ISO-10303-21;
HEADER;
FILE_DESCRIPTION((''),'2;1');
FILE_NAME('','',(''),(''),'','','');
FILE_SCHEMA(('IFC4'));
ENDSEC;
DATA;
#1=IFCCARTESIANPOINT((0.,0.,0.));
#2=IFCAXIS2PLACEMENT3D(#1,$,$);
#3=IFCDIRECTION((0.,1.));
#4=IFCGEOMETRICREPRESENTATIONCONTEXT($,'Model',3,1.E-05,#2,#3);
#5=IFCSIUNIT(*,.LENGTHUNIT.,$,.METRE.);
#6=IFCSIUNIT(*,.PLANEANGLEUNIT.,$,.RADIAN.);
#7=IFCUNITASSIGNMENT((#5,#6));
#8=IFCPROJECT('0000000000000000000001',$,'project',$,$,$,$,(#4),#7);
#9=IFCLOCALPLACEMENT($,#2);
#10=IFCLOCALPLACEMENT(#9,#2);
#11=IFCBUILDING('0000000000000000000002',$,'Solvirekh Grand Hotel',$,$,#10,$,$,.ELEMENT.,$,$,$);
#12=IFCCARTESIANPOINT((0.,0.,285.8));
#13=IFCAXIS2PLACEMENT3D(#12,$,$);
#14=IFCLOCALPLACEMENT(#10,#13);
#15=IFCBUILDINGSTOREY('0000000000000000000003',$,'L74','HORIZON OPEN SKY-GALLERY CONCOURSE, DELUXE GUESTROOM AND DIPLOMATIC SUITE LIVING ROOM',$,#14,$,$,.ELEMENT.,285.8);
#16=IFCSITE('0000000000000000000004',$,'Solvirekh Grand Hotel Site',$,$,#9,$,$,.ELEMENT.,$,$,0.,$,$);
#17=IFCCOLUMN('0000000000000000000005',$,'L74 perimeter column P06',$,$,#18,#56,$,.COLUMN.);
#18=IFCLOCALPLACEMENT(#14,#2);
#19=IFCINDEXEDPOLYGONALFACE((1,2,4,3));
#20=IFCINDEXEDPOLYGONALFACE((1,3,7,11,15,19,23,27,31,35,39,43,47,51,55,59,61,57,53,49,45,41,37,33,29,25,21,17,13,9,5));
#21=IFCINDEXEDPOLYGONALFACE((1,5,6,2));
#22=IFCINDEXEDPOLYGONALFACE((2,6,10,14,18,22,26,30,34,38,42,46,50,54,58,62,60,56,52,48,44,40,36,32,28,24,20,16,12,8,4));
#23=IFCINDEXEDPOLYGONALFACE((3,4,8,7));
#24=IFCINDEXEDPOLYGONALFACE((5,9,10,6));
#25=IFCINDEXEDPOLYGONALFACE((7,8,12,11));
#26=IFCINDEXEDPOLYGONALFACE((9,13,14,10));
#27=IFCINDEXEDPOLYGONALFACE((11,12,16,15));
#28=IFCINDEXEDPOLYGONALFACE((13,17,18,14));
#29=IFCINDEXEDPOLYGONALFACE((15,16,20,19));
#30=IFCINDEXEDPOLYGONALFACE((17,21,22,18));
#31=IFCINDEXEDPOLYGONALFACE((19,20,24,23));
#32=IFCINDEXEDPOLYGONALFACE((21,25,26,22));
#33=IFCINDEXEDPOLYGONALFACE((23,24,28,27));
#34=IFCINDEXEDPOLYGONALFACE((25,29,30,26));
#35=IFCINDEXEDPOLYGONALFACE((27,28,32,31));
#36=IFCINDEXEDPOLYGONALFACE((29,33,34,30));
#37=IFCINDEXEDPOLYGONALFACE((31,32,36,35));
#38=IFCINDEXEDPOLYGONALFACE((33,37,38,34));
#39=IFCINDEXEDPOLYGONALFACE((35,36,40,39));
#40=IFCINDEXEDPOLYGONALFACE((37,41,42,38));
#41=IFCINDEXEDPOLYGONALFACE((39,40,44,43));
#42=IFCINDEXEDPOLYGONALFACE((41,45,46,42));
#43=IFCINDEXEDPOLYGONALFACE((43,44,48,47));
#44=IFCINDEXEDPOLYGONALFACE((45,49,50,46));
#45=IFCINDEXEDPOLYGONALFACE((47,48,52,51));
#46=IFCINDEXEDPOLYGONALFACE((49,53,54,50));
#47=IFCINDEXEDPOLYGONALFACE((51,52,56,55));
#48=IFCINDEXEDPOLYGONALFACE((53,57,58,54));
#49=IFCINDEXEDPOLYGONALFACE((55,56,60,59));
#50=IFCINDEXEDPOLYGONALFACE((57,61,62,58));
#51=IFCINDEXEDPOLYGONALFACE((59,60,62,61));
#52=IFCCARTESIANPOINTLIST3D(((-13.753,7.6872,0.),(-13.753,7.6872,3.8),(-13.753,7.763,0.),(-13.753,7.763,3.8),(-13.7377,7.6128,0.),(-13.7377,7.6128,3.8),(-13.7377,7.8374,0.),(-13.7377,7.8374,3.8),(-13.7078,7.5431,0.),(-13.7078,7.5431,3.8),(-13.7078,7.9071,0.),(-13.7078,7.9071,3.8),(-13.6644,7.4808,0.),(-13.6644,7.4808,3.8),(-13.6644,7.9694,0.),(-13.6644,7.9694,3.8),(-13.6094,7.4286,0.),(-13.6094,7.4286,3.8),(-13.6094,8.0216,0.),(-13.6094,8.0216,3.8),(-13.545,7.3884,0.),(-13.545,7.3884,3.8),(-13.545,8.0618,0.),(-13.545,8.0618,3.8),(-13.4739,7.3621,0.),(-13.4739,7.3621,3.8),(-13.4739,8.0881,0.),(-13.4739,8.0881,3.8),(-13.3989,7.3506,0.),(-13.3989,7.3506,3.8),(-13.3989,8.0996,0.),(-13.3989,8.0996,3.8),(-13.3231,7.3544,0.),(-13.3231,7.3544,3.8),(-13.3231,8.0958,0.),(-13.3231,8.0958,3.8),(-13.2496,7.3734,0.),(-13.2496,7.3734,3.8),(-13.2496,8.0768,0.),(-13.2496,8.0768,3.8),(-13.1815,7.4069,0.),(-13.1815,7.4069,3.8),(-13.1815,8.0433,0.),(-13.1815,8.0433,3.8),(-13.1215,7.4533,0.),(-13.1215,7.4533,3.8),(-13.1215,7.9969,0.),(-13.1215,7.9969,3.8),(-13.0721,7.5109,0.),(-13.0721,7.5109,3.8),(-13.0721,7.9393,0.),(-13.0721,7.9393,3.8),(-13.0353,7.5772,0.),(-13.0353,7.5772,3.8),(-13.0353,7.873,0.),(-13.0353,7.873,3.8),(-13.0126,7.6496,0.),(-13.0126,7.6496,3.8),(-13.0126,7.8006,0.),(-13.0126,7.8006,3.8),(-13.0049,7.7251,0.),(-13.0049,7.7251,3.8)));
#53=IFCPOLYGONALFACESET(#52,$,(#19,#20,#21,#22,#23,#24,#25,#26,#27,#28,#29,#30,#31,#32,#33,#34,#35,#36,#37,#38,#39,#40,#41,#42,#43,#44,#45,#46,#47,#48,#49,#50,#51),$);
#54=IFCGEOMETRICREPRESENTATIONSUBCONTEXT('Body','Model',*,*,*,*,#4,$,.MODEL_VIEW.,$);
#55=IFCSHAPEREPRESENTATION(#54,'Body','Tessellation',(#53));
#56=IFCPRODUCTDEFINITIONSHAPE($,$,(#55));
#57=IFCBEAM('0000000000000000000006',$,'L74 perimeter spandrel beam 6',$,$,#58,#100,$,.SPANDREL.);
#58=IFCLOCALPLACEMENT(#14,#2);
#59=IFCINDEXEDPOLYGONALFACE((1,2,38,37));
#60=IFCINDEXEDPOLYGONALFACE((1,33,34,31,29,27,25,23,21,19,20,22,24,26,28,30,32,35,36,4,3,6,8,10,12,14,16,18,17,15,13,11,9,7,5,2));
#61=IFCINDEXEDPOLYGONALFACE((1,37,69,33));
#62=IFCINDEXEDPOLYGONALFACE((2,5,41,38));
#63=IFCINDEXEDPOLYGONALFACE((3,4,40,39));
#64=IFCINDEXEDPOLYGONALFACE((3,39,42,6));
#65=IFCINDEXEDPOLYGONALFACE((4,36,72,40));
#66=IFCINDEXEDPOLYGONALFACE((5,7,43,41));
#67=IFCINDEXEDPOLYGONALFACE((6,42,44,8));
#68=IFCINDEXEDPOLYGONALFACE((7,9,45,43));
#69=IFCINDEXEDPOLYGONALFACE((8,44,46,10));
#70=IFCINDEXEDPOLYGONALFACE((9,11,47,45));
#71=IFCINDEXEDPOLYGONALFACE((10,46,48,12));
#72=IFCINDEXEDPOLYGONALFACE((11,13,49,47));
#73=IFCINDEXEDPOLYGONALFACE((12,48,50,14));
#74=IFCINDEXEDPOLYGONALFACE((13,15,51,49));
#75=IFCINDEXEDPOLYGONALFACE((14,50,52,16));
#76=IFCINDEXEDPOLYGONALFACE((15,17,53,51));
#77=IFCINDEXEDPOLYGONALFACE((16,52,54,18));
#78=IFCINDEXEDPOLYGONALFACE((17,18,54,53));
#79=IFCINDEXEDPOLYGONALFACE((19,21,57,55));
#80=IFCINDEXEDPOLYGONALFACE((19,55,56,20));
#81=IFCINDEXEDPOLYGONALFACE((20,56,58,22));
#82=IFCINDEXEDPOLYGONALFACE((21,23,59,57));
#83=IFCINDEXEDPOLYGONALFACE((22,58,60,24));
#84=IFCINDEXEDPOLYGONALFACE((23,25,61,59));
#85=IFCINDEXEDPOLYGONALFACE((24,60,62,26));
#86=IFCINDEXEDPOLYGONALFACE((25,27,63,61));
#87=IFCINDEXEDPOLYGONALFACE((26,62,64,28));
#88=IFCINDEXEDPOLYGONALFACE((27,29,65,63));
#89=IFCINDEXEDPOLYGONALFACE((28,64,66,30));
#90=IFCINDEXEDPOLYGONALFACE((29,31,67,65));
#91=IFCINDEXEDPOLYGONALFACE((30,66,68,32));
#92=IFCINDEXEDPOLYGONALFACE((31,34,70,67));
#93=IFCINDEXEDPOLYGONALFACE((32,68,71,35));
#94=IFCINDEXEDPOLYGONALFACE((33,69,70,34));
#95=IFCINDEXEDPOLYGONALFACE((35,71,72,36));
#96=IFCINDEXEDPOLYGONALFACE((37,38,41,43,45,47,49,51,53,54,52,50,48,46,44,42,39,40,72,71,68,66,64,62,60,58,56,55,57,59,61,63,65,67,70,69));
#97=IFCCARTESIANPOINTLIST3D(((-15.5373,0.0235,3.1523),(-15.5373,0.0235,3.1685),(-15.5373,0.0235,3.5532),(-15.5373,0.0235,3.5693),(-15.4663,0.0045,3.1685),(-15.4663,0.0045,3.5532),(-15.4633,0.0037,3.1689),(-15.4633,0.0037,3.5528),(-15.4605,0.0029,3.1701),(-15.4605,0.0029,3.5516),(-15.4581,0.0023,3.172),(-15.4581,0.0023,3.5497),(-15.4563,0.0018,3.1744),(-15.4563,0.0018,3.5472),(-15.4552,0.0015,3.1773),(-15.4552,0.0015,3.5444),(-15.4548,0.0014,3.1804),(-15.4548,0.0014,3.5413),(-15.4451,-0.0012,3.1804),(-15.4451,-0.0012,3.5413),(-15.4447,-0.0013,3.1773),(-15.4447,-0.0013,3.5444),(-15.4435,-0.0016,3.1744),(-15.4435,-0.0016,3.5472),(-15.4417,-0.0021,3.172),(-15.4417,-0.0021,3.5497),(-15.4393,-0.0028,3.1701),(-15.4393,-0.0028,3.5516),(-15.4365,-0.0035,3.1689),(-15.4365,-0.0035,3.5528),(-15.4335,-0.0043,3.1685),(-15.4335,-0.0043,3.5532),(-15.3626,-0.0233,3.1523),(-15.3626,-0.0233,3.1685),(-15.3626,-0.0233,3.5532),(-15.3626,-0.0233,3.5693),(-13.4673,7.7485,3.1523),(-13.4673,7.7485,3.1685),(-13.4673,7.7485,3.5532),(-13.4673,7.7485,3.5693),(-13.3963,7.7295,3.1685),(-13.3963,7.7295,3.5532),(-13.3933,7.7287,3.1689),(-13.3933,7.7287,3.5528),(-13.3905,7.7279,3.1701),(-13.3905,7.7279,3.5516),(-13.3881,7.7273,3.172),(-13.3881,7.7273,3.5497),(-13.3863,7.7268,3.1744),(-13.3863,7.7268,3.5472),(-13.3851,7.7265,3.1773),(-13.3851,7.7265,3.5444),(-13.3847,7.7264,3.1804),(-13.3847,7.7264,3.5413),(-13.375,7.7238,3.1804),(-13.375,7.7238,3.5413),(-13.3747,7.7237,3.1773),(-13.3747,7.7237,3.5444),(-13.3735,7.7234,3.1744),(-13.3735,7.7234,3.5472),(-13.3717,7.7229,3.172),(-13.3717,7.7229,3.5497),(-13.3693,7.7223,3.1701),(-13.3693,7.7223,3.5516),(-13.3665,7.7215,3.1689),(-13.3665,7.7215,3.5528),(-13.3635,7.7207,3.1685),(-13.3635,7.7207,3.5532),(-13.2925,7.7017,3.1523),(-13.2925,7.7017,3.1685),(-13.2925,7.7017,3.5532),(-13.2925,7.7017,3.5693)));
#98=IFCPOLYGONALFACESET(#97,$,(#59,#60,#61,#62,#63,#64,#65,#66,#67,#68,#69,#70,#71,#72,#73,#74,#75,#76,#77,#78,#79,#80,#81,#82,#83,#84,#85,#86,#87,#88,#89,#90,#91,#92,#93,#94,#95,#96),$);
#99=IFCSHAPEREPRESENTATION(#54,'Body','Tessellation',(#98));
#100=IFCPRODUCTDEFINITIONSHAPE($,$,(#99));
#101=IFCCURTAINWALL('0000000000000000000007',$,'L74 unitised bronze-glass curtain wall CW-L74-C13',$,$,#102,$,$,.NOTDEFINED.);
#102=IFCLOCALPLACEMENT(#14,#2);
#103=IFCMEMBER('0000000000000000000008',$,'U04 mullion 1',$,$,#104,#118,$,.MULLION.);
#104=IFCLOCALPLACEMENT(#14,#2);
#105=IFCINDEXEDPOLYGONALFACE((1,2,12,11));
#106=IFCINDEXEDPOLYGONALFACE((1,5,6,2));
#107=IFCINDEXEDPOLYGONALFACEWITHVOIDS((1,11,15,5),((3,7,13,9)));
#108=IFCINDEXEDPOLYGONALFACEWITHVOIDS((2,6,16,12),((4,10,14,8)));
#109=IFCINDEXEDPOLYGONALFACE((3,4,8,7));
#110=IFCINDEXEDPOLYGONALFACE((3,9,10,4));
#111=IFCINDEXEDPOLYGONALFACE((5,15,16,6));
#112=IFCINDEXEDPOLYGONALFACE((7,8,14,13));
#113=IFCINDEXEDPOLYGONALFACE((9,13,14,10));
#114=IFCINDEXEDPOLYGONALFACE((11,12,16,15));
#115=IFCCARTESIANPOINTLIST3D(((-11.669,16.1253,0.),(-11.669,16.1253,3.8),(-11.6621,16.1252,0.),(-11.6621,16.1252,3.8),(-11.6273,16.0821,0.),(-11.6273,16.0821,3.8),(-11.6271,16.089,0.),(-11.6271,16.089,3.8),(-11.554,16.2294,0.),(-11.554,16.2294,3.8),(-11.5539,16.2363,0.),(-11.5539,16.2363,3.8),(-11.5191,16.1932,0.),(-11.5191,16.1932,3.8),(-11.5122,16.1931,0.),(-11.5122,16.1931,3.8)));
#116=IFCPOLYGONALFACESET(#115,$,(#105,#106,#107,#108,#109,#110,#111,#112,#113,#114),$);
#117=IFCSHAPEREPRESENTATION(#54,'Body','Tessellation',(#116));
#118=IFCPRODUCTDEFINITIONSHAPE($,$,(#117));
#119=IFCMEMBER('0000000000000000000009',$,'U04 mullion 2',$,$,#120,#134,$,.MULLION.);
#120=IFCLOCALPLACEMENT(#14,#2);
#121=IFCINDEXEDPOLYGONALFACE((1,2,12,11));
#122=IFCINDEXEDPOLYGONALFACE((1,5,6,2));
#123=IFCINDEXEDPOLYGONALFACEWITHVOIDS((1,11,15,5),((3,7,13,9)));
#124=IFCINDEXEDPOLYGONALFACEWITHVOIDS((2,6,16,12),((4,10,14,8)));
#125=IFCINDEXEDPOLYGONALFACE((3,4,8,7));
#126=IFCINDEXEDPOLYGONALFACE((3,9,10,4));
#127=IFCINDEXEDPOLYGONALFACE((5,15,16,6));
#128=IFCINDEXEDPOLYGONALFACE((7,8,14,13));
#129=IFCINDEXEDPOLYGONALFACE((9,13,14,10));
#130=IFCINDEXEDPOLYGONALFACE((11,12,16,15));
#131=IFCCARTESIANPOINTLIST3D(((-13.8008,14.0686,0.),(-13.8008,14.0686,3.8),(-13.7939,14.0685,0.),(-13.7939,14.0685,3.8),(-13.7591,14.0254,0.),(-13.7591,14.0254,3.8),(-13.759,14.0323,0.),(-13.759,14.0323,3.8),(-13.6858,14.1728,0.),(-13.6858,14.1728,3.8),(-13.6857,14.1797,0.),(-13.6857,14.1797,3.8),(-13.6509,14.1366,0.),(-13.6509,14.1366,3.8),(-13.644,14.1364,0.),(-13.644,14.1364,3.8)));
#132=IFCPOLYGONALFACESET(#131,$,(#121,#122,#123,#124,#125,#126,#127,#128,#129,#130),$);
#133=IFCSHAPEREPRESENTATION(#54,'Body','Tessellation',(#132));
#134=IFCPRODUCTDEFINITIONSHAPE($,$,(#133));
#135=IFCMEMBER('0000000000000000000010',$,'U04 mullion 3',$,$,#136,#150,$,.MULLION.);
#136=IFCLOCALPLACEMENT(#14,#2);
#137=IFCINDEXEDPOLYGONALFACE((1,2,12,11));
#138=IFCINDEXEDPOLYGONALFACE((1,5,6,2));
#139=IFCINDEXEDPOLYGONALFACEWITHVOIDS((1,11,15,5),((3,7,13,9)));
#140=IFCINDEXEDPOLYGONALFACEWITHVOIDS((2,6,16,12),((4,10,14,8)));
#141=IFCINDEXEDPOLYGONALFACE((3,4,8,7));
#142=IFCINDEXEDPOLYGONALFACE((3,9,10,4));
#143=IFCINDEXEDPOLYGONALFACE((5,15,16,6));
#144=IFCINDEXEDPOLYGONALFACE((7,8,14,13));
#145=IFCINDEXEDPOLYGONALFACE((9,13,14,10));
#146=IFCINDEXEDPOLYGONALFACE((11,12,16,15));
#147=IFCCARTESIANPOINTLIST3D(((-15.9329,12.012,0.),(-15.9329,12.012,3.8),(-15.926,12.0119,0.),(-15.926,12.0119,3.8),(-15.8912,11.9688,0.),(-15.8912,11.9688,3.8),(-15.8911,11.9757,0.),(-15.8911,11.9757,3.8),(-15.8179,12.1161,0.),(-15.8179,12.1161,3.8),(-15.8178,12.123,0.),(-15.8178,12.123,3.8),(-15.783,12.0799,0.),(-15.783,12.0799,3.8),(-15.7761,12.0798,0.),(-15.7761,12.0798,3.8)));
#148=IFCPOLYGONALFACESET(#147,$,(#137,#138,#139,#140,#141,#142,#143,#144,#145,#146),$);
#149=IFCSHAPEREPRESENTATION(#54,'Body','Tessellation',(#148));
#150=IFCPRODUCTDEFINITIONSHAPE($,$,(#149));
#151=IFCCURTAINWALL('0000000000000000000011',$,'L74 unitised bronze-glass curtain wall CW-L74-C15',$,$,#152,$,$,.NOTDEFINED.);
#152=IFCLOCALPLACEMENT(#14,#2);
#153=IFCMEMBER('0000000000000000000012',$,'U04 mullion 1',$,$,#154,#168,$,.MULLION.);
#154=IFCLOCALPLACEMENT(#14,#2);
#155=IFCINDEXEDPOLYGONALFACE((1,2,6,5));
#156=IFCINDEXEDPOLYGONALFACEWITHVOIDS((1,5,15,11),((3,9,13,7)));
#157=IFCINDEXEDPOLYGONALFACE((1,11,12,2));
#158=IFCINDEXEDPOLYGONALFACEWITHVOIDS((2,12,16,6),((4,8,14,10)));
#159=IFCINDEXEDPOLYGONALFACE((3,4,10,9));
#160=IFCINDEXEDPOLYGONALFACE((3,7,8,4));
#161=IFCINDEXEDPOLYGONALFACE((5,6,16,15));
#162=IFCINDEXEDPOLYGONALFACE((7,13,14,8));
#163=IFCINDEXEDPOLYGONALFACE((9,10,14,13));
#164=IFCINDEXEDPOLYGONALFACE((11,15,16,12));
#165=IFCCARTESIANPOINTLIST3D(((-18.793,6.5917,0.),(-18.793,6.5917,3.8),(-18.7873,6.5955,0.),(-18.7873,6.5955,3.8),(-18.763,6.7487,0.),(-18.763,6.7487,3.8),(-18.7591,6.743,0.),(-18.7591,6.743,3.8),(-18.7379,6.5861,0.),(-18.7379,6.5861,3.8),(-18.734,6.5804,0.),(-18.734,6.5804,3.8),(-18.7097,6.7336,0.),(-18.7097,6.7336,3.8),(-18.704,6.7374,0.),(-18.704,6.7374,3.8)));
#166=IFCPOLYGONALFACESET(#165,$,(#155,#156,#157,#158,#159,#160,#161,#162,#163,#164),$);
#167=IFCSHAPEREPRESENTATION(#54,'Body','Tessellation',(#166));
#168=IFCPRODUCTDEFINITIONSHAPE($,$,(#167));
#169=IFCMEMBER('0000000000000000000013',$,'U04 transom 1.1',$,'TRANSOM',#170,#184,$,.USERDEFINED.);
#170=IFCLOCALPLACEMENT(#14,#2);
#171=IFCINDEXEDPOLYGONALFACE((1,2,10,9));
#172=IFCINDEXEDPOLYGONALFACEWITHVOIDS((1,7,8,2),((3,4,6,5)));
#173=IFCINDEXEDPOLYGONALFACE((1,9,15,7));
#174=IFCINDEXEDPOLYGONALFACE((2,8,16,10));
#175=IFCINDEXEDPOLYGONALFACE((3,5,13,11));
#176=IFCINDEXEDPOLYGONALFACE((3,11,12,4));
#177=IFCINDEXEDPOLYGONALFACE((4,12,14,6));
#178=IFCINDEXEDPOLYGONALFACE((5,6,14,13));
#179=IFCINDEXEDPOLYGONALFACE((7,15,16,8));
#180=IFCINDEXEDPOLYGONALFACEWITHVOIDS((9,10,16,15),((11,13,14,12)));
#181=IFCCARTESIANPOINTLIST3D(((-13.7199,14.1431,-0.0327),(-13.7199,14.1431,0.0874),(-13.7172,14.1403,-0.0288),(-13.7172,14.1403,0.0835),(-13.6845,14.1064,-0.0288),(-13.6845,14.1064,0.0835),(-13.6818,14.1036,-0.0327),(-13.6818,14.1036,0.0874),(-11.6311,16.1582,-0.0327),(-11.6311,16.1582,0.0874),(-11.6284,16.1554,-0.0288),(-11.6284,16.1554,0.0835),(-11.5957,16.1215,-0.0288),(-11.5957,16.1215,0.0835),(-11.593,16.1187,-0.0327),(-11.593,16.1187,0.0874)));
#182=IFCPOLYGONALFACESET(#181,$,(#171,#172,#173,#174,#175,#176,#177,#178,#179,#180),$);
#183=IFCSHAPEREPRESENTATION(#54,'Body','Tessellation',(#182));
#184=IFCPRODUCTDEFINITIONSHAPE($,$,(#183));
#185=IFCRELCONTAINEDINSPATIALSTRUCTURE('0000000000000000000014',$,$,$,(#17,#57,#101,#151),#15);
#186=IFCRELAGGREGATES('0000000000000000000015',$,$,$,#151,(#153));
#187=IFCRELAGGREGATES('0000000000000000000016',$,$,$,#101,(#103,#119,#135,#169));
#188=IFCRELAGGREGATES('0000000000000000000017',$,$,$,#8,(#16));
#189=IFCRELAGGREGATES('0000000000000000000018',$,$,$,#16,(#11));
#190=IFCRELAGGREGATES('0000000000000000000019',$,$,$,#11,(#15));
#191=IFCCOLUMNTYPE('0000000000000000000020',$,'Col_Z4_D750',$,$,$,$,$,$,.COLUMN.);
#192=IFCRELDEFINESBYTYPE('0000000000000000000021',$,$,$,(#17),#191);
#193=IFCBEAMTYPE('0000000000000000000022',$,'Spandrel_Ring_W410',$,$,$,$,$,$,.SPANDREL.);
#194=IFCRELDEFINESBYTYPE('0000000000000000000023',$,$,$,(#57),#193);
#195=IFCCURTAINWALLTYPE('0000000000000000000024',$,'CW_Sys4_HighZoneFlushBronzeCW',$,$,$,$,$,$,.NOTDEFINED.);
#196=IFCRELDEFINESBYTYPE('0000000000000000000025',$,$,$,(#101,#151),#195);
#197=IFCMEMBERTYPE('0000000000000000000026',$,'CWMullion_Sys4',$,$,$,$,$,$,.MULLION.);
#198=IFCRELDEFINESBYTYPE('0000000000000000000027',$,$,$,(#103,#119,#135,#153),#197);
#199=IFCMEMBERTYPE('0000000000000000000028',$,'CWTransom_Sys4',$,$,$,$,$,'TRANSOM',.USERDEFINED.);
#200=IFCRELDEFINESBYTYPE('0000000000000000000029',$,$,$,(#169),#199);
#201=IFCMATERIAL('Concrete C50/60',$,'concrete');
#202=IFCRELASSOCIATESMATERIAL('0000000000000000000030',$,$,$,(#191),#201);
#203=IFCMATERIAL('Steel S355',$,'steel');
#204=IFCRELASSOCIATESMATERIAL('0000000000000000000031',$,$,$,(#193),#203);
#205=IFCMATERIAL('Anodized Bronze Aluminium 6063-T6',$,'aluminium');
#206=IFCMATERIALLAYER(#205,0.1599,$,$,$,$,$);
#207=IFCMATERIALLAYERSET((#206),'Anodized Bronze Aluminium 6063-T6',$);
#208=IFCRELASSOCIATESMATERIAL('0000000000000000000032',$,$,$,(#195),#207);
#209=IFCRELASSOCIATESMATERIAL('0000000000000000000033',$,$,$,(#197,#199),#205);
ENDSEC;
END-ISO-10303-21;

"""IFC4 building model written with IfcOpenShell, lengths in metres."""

from ifc_helpers import new_model, si_unit, direction, frame, origin, origin_2d, place, context, subcontext, project, spatial, hollow_rectangle, circle, i_section, extrude, source, transform, mapped, material, layer, layer_set, material_profile, profile_set, type_object, element, aggregate, save


model = new_model("IFC4")

# Units and contexts
model_context = context("Model", 3, precision=1e-05, world=origin(), true_north=direction((0.0, 1.0)))
body_context = subcontext(model_context, "Body", "Model", "MODEL_VIEW")
ifc_project = project(units=[si_unit("LENGTHUNIT", "METRE"), si_unit("PLANEANGLEUNIT", "RADIAN")], contexts=[model_context])

# Site, building, storey
site_placement = place(None, origin())
site = spatial("IfcSite", under=ifc_project, at=site_placement, Name="Solvirekh Grand Hotel Site", CompositionType="ELEMENT", RefElevation=0.0)
building_placement = place(site_placement, origin())
building = spatial("IfcBuilding", under=site, at=building_placement, Name="Solvirekh Grand Hotel", CompositionType="ELEMENT")
storey_placement = place(building_placement, frame((0.0, 0.0, 285.8)))
storey = spatial("IfcBuildingStorey", under=building, at=storey_placement, Name="L74", Description="HORIZON OPEN SKY-GALLERY CONCOURSE, DELUXE GUESTROOM AND DIPLOMATIC SUITE LIVING ROOM", CompositionType="ELEMENT", Elevation=285.8)

# Column
ifc_material_1 = material(Name="Concrete C50/60", Category="concrete")
ifc_material_profile_1 = material_profile(ifc_material_1, circle(Radius=0.375, at=origin_2d()), Name="RC CIRC D750")
ifc_profile_set_1 = profile_set([ifc_material_profile_1], Name="Concrete C50/60")
column_type = type_object("IfcColumnType", Name="Col_Z4_D750", PredefinedType="COLUMN", material=ifc_profile_set_1)
column_placement = place(storey_placement, frame((-13.3799, 7.7251, 0.0), z_axis=(0.0, 0.0, 1.0), x_axis=(1.0, 0.0, 0.0)))
element("IfcColumn", 1, at=column_placement, inside=storey, type_object=column_type, Name="L74 perimeter column P06", PredefinedType="COLUMN", context=body_context, shape_type="SweptSolid", body=[
    extrude(circle(Radius=0.375, at=origin_2d()), origin(), (0.0, 0.0, 1.0), 3.8),
])

# Beam
ifc_material_2 = material(Name="Steel S355", Category="steel")
ifc_material_profile_2 = material_profile(ifc_material_2, i_section(OverallWidth=0.1809, OverallDepth=0.417, WebThickness=0.01, FlangeThickness=0.0161, FilletRadius=0.012, at=origin_2d()), Name="W410X85")
ifc_profile_set_2 = profile_set([ifc_material_profile_2], Name="Steel S355")
beam_type = type_object("IfcBeamType", Name="Spandrel_Ring_W410", PredefinedType="SPANDREL", material=ifc_profile_set_2)
beam_placement = place(storey_placement, frame((-13.3799, 7.7251, 3.3608), z_axis=(-0.258835, -0.965922, 0.0), x_axis=(0.965922, -0.258835, 0.0)))
element("IfcBeam", 2, at=beam_placement, inside=storey, type_object=beam_type, Name="L74 perimeter spandrel beam 6", PredefinedType="SPANDREL", context=body_context, shape_type="SweptSolid", body=[
    extrude(i_section(OverallWidth=0.1809, OverallDepth=0.417, WebThickness=0.01, FlangeThickness=0.0161, FilletRadius=0.012, at=origin_2d()), origin(), (0.0, 0.0, 1.0), 7.9976),
])

# Curtain wall, members
ifc_material_3 = material(Name="Anodized Bronze Aluminium 6063-T6", Category="aluminium")
ifc_layer_1 = layer(ifc_material_3, 0.1599)
ifc_layer_set_1 = layer_set([ifc_layer_1], Name="Anodized Bronze Aluminium 6063-T6")
curtain_wall_type = type_object("IfcCurtainWallType", Name="CW_Sys4_HighZoneFlushBronzeCW", PredefinedType="NOTDEFINED", material=ifc_layer_set_1)
curtain_wall_1_placement = place(storey_placement, origin())
curtain_wall_1 = element("IfcCurtainWall", 3, at=curtain_wall_1_placement, inside=storey, type_object=curtain_wall_type, Name="L74 unitised bronze-glass curtain wall CW-L74-C13", PredefinedType="NOTDEFINED")
ifc_material_profile_3 = material_profile(ifc_material_3, hollow_rectangle(XDim=0.0601, YDim=0.1599, WallThickness=0.0049, at=origin_2d()), Name="ALU RHS 160X60X5")
ifc_profile_set_3 = profile_set([ifc_material_profile_3], Name="Anodized Bronze Aluminium 6063-T6")
member_type_1 = type_object("IfcMemberType", Name="CWMullion_Sys4", PredefinedType="MULLION", material=ifc_profile_set_3)
shared_shape_1 = source(origin(), body_context, "Body", "SweptSolid", [
    extrude(hollow_rectangle(XDim=0.0601, YDim=0.1599, WallThickness=0.0049, at=origin_2d()), origin(), (0.0, 0.0, 1.0), 3.8),
])
member_1_placement = place(storey_placement, frame((-11.5906, 16.1592, 0.0), z_axis=(0.0, 0.0, 1.0), x_axis=(0.694293, -0.719692, 0.0)))
member_1 = element("IfcMember", 4, at=member_1_placement, type_object=member_type_1, Name="U04 mullion 1", PredefinedType="MULLION", context=body_context, shape_type="MappedRepresentation", body=[
    mapped(shared_shape_1, transform((0.0, 0.0, 0.0), x_axis=(1.0, 0.0, 0.0), y_axis=(0.0, 1.0, 0.0), z_axis=(0.0, 0.0, 1.0), scale=1.0)),
])
member_2_placement = place(storey_placement, frame((-13.7224, 14.1025, 0.0), z_axis=(0.0, 0.0, 1.0), x_axis=(0.694293, -0.719692, 0.0)))
member_2 = element("IfcMember", 5, at=member_2_placement, type_object=member_type_1, Name="U04 mullion 2", PredefinedType="MULLION", context=body_context, shape_type="MappedRepresentation", body=[
    mapped(shared_shape_1, transform((0.0, 0.0, 0.0), x_axis=(1.0, 0.0, 0.0), y_axis=(0.0, 1.0, 0.0), z_axis=(0.0, 0.0, 1.0), scale=1.0)),
])
member_3_placement = place(storey_placement, frame((-15.8545, 12.0459, 0.0), z_axis=(0.0, 0.0, 1.0), x_axis=(0.694293, -0.719692, 0.0)))
member_3 = element("IfcMember", 6, at=member_3_placement, type_object=member_type_1, Name="U04 mullion 3", PredefinedType="MULLION", context=body_context, shape_type="MappedRepresentation", body=[
    mapped(shared_shape_1, transform((0.0, 0.0, 0.0), x_axis=(1.0, 0.0, 0.0), y_axis=(0.0, 1.0, 0.0), z_axis=(0.0, 0.0, 1.0), scale=1.0)),
])

# Curtain wall, member
curtain_wall_2_placement = place(storey_placement, origin())
curtain_wall_2 = element("IfcCurtainWall", 7, at=curtain_wall_2_placement, inside=storey, type_object=curtain_wall_type, Name="L74 unitised bronze-glass curtain wall CW-L74-C15", PredefinedType="NOTDEFINED")
member_4_placement = place(storey_placement, frame((-18.7485, 6.6646, 0.0), z_axis=(0.0, 0.0, 1.0), x_axis=(0.982229, -0.187685, 0.0)))
member_4 = element("IfcMember", 8, at=member_4_placement, type_object=member_type_1, Name="U04 mullion 1", PredefinedType="MULLION", context=body_context, shape_type="MappedRepresentation", body=[
    mapped(shared_shape_1, transform((0.0, 0.0, 0.0), x_axis=(1.0, 0.0, 0.0), y_axis=(0.0, 1.0, 0.0), z_axis=(0.0, 0.0, 1.0), scale=1.0)),
])
aggregate(curtain_wall_2, [member_4])

# Member
ifc_material_profile_4 = material_profile(ifc_material_3, hollow_rectangle(XDim=0.0549, YDim=0.1201, WallThickness=0.0039, at=origin_2d()), Name="ALU RHS 120X55X4")
ifc_profile_set_4 = profile_set([ifc_material_profile_4], Name="Anodized Bronze Aluminium 6063-T6")
member_type_2 = type_object("IfcMemberType", Name="CWTransom_Sys4", ElementType="TRANSOM", PredefinedType="USERDEFINED", material=ifc_profile_set_4)
shared_shape_2 = source(origin(), body_context, "Body", "SweptSolid", [
    extrude(hollow_rectangle(XDim=0.0549, YDim=0.1201, WallThickness=0.0039, at=origin_2d()), origin(), (0.0, 0.0, 1.0), 2.9023),
])
member_5_placement = place(storey_placement, frame((-11.6121, 16.1384, 0.0273), z_axis=(-0.719694, -0.694291, 0.0), x_axis=(0.694291, -0.719694, 0.0)))
member_5 = element("IfcMember", 9, at=member_5_placement, type_object=member_type_2, Name="U04 transom 1.1", ObjectType="TRANSOM", PredefinedType="USERDEFINED", context=body_context, shape_type="MappedRepresentation", body=[
    mapped(shared_shape_2, transform((0.0, 0.0, 0.0), x_axis=(1.0, 0.0, 0.0), y_axis=(0.0, 1.0, 0.0), z_axis=(0.0, 0.0, 1.0), scale=1.0)),
])

aggregate(curtain_wall_1, [member_1, member_2, member_3, member_5])

save(model, "model.ifc")
